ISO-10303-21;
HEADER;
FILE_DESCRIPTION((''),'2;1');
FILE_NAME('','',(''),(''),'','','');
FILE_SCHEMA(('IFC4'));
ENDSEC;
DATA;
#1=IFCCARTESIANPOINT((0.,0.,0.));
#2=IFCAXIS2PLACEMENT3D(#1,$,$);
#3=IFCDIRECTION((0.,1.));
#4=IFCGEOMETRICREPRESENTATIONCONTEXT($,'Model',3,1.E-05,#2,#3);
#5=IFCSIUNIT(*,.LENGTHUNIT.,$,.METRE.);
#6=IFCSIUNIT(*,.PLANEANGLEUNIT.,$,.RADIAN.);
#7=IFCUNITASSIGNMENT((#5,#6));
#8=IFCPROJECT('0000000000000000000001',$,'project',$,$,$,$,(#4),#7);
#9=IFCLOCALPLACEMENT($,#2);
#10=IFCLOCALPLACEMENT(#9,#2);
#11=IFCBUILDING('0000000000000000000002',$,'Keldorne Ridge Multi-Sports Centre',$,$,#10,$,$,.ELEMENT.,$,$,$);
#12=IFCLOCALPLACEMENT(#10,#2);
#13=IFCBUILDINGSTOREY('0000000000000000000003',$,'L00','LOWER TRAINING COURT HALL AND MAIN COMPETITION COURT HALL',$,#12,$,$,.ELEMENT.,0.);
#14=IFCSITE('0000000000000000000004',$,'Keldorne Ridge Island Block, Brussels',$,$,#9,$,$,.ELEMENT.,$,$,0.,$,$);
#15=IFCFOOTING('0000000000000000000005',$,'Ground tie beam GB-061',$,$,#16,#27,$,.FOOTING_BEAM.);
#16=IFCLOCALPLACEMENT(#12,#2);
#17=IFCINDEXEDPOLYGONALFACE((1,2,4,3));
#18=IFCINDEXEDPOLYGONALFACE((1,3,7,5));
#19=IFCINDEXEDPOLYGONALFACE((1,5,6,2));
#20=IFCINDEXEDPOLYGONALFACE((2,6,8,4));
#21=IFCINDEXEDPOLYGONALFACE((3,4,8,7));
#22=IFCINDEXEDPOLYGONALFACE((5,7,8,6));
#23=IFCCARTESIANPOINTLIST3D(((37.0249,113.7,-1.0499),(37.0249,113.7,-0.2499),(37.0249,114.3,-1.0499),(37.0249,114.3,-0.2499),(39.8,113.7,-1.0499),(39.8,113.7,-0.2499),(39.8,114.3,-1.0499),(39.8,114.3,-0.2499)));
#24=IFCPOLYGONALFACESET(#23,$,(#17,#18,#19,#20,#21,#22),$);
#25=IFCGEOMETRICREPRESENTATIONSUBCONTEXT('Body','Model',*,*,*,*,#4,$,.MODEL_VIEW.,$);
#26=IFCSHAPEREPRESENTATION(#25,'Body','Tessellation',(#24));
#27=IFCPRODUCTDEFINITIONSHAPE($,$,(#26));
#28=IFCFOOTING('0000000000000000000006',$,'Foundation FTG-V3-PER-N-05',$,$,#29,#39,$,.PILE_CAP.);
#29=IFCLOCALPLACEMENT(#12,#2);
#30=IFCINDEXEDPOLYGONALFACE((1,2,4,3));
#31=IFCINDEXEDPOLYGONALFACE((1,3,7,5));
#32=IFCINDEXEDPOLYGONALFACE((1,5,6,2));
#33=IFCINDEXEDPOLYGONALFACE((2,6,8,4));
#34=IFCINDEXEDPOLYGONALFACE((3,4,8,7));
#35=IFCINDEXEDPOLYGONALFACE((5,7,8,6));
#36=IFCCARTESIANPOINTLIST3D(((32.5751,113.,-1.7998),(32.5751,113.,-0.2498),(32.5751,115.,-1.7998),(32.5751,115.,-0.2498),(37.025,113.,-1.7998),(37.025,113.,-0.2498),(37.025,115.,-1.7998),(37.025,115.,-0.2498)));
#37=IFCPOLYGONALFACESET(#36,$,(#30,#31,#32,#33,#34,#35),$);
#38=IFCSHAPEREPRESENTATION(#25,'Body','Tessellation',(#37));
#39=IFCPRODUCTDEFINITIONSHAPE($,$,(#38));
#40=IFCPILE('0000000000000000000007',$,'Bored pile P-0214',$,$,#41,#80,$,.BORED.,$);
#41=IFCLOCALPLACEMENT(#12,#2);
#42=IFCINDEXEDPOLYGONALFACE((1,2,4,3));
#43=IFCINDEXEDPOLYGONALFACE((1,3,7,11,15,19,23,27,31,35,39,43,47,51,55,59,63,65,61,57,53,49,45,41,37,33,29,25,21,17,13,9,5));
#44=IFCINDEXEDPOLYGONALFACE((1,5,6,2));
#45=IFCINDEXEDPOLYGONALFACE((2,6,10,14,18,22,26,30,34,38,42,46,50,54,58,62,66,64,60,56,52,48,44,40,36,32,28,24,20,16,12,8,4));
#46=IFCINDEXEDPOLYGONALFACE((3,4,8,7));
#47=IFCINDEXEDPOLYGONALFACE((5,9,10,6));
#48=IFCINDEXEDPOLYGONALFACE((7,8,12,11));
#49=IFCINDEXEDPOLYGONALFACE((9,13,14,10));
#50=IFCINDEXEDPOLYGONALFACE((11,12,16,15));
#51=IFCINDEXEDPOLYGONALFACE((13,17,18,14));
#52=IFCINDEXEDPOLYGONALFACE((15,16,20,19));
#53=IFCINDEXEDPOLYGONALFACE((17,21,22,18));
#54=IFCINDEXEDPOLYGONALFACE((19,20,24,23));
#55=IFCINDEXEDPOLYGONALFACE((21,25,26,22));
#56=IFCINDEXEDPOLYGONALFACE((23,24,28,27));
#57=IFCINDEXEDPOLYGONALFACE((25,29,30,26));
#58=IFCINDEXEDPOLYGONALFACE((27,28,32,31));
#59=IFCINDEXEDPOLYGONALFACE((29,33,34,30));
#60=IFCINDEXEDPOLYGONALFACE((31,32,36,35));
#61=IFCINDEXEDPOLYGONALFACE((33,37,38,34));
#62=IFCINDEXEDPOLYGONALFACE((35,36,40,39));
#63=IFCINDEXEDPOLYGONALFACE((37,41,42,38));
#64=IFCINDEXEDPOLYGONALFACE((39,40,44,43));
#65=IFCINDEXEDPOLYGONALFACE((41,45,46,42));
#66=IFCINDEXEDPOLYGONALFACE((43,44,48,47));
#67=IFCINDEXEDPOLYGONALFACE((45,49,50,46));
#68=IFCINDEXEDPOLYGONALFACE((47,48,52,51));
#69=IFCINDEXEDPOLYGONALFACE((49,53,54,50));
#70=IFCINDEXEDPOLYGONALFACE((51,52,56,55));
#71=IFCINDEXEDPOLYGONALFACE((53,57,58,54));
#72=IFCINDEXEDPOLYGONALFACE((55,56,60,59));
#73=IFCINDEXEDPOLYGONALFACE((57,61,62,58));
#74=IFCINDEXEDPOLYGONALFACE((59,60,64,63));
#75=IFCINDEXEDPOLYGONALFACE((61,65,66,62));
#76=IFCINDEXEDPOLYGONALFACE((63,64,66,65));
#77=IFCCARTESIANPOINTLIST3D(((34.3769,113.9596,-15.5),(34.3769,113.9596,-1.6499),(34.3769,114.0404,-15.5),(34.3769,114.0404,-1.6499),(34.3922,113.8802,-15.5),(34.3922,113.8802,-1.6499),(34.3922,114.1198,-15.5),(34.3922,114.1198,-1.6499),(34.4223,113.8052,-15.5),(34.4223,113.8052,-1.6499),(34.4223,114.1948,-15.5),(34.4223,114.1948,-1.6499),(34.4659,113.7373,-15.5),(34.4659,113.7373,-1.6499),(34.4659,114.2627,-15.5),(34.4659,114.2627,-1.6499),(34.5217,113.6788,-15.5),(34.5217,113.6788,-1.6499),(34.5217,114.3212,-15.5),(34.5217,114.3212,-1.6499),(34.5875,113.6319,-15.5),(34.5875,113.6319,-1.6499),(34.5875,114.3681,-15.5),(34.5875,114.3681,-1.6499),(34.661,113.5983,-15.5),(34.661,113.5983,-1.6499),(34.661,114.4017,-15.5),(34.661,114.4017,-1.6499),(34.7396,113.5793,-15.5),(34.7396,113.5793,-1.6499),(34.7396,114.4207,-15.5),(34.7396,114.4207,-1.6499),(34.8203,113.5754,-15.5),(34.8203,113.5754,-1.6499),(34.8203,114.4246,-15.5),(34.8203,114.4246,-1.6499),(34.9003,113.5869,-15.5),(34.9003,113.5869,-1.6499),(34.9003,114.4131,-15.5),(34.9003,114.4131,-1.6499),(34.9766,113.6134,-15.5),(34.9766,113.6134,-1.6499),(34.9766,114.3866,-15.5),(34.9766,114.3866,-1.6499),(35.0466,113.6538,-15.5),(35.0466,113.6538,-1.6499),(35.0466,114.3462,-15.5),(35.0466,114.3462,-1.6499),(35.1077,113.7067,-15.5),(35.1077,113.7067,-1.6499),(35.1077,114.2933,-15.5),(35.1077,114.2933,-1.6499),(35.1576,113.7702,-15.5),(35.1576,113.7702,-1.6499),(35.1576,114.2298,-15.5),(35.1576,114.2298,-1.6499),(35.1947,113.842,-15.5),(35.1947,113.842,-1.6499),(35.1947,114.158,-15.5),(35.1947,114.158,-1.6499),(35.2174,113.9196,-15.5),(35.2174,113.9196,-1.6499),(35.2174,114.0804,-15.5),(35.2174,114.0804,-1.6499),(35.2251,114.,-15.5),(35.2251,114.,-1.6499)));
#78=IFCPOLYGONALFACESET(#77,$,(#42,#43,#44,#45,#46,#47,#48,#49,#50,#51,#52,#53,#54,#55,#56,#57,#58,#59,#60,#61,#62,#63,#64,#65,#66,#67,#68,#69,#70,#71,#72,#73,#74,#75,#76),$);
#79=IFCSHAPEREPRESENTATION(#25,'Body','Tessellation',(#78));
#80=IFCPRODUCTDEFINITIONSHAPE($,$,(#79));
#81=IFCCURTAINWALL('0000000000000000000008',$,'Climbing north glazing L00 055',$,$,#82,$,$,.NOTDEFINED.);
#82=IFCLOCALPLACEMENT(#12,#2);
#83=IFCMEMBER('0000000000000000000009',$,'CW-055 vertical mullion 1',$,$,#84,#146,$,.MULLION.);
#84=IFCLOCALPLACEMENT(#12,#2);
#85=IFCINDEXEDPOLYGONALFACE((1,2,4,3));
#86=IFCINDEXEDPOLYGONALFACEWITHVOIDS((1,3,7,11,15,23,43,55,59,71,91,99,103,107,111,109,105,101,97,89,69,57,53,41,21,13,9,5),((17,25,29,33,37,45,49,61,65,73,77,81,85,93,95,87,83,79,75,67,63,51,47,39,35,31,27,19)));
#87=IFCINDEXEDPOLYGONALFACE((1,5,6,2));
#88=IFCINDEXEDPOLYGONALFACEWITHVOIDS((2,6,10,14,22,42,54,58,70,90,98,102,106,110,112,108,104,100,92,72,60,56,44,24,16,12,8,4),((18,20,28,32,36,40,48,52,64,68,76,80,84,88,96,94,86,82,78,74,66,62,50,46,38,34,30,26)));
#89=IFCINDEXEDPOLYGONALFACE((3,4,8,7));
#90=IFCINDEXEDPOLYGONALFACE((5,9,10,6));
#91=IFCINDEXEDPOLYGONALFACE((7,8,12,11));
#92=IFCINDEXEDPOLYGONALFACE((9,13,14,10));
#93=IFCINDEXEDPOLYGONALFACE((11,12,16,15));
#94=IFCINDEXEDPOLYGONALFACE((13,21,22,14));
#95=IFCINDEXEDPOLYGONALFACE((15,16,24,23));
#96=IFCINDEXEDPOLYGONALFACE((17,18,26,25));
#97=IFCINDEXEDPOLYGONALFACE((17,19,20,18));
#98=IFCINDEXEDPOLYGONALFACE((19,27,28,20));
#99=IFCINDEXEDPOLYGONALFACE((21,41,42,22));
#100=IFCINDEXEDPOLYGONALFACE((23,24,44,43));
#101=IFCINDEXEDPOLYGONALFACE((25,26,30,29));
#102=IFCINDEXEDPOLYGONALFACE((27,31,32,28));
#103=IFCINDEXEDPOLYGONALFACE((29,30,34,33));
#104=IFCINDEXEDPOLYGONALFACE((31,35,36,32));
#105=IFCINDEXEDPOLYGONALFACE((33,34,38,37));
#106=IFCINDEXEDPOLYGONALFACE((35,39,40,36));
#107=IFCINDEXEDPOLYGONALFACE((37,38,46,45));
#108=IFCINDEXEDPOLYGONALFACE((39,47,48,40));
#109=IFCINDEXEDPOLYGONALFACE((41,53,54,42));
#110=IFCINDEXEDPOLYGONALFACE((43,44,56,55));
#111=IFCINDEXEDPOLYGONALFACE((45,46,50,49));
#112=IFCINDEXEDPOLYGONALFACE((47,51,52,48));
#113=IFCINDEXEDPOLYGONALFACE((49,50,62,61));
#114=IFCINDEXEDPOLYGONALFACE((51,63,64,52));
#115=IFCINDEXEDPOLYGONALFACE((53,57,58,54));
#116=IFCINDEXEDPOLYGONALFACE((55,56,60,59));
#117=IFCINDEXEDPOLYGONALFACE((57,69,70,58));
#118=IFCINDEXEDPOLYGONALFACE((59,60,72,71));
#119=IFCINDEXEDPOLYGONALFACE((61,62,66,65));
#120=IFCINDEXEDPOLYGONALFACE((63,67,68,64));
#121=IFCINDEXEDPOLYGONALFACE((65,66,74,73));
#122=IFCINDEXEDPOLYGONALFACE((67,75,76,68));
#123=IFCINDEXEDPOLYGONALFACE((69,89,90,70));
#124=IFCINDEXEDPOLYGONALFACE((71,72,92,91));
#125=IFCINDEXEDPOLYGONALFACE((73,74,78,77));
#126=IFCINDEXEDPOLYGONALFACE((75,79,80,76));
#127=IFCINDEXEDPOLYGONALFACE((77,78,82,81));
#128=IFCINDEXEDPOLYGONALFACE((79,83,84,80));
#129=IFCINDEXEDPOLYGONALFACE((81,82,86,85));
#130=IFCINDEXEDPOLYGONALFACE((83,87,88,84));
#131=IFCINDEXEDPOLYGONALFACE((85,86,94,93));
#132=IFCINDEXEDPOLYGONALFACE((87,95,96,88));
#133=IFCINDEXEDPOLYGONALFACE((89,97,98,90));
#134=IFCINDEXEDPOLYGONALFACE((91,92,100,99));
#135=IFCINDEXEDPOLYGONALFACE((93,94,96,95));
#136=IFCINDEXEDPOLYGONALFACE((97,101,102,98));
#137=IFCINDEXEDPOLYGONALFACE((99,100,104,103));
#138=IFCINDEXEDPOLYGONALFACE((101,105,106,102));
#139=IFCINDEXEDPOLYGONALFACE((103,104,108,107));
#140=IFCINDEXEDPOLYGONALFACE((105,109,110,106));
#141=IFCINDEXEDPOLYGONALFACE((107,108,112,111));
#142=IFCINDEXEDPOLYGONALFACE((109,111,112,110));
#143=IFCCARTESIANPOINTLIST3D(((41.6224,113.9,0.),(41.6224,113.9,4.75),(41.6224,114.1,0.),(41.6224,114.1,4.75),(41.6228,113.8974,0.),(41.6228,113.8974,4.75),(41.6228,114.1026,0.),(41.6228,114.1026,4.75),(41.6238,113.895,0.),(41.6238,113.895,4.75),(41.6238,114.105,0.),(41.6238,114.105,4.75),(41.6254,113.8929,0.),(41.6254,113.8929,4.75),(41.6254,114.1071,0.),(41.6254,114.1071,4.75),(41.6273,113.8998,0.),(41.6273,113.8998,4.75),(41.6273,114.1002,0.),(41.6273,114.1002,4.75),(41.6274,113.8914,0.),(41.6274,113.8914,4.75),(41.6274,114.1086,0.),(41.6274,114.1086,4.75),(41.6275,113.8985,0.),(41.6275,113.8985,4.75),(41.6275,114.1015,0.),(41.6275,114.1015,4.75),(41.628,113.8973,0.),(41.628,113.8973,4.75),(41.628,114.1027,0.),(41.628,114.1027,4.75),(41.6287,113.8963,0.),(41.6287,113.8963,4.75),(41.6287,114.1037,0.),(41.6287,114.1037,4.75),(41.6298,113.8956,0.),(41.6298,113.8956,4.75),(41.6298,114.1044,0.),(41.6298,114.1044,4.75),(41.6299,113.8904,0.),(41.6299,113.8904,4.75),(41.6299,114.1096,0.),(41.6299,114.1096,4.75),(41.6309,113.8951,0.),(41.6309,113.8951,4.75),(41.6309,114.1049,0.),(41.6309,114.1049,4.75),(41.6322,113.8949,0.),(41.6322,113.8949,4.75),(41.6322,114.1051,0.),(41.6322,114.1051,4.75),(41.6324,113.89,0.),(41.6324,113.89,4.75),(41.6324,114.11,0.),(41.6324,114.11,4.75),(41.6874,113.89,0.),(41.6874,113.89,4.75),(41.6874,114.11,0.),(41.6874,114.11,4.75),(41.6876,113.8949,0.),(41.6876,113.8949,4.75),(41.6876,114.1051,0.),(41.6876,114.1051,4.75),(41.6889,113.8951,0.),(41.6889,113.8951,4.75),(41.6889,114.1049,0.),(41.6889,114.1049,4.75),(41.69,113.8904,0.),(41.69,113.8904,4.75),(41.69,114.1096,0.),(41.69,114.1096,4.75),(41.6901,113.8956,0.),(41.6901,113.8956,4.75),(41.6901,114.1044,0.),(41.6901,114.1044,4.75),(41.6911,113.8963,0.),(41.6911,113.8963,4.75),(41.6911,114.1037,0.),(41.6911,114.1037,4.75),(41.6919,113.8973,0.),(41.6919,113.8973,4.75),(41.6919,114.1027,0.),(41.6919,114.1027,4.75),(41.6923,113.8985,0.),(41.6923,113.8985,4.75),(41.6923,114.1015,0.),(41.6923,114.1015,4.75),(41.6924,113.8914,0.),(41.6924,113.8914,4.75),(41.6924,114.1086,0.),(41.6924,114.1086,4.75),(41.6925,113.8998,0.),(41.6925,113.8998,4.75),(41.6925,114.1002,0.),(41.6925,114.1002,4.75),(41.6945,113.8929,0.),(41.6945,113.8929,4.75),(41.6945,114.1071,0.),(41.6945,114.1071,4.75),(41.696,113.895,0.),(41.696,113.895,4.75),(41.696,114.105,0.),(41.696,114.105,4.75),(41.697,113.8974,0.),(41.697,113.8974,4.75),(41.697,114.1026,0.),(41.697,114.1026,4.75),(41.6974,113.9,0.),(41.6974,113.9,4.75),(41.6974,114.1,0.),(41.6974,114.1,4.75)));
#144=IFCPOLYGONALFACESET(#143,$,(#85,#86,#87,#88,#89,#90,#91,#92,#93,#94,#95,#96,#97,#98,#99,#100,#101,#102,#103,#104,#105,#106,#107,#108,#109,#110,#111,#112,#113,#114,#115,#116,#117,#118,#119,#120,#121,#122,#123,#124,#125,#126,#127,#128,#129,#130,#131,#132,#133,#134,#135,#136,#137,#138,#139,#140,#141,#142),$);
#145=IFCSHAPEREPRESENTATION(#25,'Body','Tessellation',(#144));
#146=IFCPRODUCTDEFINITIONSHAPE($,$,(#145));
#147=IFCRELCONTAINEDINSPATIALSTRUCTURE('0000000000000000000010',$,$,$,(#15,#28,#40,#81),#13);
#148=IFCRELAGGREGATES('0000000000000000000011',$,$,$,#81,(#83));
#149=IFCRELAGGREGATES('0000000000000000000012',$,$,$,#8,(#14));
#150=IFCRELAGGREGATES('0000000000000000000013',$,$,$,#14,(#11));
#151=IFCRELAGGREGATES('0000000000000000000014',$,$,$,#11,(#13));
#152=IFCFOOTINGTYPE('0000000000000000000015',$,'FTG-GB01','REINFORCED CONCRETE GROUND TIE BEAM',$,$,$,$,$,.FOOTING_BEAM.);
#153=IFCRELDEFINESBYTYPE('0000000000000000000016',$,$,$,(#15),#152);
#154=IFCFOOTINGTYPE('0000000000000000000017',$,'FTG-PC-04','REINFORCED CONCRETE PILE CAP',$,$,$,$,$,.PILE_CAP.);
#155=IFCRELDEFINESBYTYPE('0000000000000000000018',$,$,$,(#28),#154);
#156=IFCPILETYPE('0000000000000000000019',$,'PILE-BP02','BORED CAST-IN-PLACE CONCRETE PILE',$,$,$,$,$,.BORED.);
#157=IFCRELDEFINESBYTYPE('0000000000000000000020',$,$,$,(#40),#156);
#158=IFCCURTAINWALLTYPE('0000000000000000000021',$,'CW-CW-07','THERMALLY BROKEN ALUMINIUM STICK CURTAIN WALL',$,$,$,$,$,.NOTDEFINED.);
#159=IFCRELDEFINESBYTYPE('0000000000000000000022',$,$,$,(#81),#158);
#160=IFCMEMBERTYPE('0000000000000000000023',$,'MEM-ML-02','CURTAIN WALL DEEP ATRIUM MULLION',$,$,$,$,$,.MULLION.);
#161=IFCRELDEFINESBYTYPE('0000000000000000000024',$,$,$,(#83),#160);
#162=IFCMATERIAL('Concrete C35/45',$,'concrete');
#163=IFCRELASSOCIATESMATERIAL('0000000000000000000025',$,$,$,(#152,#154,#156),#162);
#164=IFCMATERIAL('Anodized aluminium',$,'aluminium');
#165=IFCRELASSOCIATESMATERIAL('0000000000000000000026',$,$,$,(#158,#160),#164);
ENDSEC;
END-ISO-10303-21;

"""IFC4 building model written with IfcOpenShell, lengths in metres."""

from ifc_helpers import new_model, si_unit, direction, frame, origin, origin_2d, place, context, subcontext, project, spatial, rectangle, hollow_rectangle, circle, extrude, material, material_profile, profile_set, type_object, element, aggregate, save


model = new_model("IFC4")

# Units and contexts
model_context = context("Model", 3, precision=1e-05, world=origin(), true_north=direction((0.0, 1.0)))
body_context = subcontext(model_context, "Body", "Model", "MODEL_VIEW")
ifc_project = project(units=[si_unit("LENGTHUNIT", "METRE"), si_unit("PLANEANGLEUNIT", "RADIAN")], contexts=[model_context])

# Site, building, storey
site_placement = place(None, origin())
site = spatial("IfcSite", under=ifc_project, at=site_placement, Name="Keldorne Ridge Island Block, Brussels", CompositionType="ELEMENT", RefElevation=0.0)
building_placement = place(site_placement, origin())
building = spatial("IfcBuilding", under=site, at=building_placement, Name="Keldorne Ridge Multi-Sports Centre", CompositionType="ELEMENT")
storey_placement = place(building_placement, origin())
storey = spatial("IfcBuildingStorey", under=building, at=storey_placement, Name="L00", Description="LOWER TRAINING COURT HALL AND MAIN COMPETITION COURT HALL", CompositionType="ELEMENT", Elevation=0.0)

# Footings
ifc_material_1 = material(Name="Concrete C35/45", Category="concrete")
ifc_material_profile_1 = material_profile(ifc_material_1, rectangle(XDim=0.6001, YDim=0.8, at=origin_2d()), Name="GB 600x800")
ifc_profile_set_1 = profile_set([ifc_material_profile_1], Name="Concrete C35/45")
footing_type_1 = type_object("IfcFootingType", Name="FTG-GB01", Description="REINFORCED CONCRETE GROUND TIE BEAM", PredefinedType="FOOTING_BEAM", material=ifc_profile_set_1)
footing_1_placement = place(storey_placement, frame((37.0249, 114.0, -0.6499), z_axis=(1.0, 0.0, 0.0), x_axis=(0.0, 1.0, 0.0)))
element("IfcFooting", 1, at=footing_1_placement, inside=storey, type_object=footing_type_1, Name="Ground tie beam GB-061", PredefinedType="FOOTING_BEAM", context=body_context, shape_type="SweptSolid", body=[
    extrude(rectangle(XDim=0.6001, YDim=0.8, at=origin_2d()), origin(), (0.0, 0.0, 1.0), 2.7751),
])
footing_type_2 = type_object("IfcFootingType", Name="FTG-PC-04", Description="REINFORCED CONCRETE PILE CAP", PredefinedType="PILE_CAP", material=ifc_material_1)
footing_2_placement = place(storey_placement, frame((34.8, 114.0, -1.7998), z_axis=(0.0, 0.0, 1.0), x_axis=(1.0, 0.0, 0.0)))
element("IfcFooting", 2, at=footing_2_placement, inside=storey, type_object=footing_type_2, Name="Foundation FTG-V3-PER-N-05", PredefinedType="PILE_CAP", context=body_context, shape_type="SweptSolid", body=[
    extrude(rectangle(XDim=4.45, YDim=2.0, at=origin_2d()), origin(), (0.0, 0.0, 1.0), 1.55),
])

# Pile
ifc_material_profile_2 = material_profile(ifc_material_1, circle(Radius=0.425, at=origin_2d()), Name="BORED PILE D850")
ifc_profile_set_2 = profile_set([ifc_material_profile_2], Name="Concrete C35/45")
pile_type = type_object("IfcPileType", Name="PILE-BP02", Description="BORED CAST-IN-PLACE CONCRETE PILE", PredefinedType="BORED", material=ifc_profile_set_2)
pile_placement = place(storey_placement, frame((34.8, 114.0, -1.6499), z_axis=(0.0, 0.0, -1.0), x_axis=(1.0, 0.0, 0.0)))
element("IfcPile", 3, at=pile_placement, inside=storey, type_object=pile_type, Name="Bored pile P-0214", PredefinedType="BORED", context=body_context, shape_type="SweptSolid", body=[
    extrude(circle(Radius=0.425, at=origin_2d()), origin(), (0.0, 0.0, 1.0), 13.8501),
])

# Curtain wall, member
ifc_material_2 = material(Name="Anodized aluminium", Category="aluminium")
curtain_wall_type = type_object("IfcCurtainWallType", Name="CW-CW-07", Description="THERMALLY BROKEN ALUMINIUM STICK CURTAIN WALL", PredefinedType="NOTDEFINED", material=ifc_material_2)
curtain_wall_placement = place(storey_placement, origin())
curtain_wall = element("IfcCurtainWall", 4, at=curtain_wall_placement, inside=storey, type_object=curtain_wall_type, Name="Climbing north glazing L00 055", PredefinedType="NOTDEFINED")
ifc_material_profile_3 = material_profile(ifc_material_2, hollow_rectangle(XDim=0.075, YDim=0.22, WallThickness=0.0049, InnerFilletRadius=0.0049, OuterFilletRadius=0.01, at=origin_2d()), Name="ALU MULLION 220x75x5")
ifc_profile_set_3 = profile_set([ifc_material_profile_3], Name="Anodized aluminium")
member_type_1 = type_object("IfcMemberType", Name="MEM-ML-02", Description="CURTAIN WALL DEEP ATRIUM MULLION", PredefinedType="MULLION", material=ifc_profile_set_3)
member_1_placement = place(storey_placement, frame((41.6599, 114.0, 0.0), z_axis=(0.0, 0.0, 1.0), x_axis=(1.0, 0.0, 0.0)))
member_1 = element("IfcMember", 5, at=member_1_placement, type_object=member_type_1, Name="CW-055 vertical mullion 1", PredefinedType="MULLION", context=body_context, shape_type="SweptSolid", body=[
    extrude(hollow_rectangle(XDim=0.075, YDim=0.22, WallThickness=0.0049, InnerFilletRadius=0.0049, OuterFilletRadius=0.01, at=origin_2d()), origin(), (0.0, 0.0, 1.0), 4.75),
])
aggregate(curtain_wall, [member_1])

save(model, "model.ifc")
